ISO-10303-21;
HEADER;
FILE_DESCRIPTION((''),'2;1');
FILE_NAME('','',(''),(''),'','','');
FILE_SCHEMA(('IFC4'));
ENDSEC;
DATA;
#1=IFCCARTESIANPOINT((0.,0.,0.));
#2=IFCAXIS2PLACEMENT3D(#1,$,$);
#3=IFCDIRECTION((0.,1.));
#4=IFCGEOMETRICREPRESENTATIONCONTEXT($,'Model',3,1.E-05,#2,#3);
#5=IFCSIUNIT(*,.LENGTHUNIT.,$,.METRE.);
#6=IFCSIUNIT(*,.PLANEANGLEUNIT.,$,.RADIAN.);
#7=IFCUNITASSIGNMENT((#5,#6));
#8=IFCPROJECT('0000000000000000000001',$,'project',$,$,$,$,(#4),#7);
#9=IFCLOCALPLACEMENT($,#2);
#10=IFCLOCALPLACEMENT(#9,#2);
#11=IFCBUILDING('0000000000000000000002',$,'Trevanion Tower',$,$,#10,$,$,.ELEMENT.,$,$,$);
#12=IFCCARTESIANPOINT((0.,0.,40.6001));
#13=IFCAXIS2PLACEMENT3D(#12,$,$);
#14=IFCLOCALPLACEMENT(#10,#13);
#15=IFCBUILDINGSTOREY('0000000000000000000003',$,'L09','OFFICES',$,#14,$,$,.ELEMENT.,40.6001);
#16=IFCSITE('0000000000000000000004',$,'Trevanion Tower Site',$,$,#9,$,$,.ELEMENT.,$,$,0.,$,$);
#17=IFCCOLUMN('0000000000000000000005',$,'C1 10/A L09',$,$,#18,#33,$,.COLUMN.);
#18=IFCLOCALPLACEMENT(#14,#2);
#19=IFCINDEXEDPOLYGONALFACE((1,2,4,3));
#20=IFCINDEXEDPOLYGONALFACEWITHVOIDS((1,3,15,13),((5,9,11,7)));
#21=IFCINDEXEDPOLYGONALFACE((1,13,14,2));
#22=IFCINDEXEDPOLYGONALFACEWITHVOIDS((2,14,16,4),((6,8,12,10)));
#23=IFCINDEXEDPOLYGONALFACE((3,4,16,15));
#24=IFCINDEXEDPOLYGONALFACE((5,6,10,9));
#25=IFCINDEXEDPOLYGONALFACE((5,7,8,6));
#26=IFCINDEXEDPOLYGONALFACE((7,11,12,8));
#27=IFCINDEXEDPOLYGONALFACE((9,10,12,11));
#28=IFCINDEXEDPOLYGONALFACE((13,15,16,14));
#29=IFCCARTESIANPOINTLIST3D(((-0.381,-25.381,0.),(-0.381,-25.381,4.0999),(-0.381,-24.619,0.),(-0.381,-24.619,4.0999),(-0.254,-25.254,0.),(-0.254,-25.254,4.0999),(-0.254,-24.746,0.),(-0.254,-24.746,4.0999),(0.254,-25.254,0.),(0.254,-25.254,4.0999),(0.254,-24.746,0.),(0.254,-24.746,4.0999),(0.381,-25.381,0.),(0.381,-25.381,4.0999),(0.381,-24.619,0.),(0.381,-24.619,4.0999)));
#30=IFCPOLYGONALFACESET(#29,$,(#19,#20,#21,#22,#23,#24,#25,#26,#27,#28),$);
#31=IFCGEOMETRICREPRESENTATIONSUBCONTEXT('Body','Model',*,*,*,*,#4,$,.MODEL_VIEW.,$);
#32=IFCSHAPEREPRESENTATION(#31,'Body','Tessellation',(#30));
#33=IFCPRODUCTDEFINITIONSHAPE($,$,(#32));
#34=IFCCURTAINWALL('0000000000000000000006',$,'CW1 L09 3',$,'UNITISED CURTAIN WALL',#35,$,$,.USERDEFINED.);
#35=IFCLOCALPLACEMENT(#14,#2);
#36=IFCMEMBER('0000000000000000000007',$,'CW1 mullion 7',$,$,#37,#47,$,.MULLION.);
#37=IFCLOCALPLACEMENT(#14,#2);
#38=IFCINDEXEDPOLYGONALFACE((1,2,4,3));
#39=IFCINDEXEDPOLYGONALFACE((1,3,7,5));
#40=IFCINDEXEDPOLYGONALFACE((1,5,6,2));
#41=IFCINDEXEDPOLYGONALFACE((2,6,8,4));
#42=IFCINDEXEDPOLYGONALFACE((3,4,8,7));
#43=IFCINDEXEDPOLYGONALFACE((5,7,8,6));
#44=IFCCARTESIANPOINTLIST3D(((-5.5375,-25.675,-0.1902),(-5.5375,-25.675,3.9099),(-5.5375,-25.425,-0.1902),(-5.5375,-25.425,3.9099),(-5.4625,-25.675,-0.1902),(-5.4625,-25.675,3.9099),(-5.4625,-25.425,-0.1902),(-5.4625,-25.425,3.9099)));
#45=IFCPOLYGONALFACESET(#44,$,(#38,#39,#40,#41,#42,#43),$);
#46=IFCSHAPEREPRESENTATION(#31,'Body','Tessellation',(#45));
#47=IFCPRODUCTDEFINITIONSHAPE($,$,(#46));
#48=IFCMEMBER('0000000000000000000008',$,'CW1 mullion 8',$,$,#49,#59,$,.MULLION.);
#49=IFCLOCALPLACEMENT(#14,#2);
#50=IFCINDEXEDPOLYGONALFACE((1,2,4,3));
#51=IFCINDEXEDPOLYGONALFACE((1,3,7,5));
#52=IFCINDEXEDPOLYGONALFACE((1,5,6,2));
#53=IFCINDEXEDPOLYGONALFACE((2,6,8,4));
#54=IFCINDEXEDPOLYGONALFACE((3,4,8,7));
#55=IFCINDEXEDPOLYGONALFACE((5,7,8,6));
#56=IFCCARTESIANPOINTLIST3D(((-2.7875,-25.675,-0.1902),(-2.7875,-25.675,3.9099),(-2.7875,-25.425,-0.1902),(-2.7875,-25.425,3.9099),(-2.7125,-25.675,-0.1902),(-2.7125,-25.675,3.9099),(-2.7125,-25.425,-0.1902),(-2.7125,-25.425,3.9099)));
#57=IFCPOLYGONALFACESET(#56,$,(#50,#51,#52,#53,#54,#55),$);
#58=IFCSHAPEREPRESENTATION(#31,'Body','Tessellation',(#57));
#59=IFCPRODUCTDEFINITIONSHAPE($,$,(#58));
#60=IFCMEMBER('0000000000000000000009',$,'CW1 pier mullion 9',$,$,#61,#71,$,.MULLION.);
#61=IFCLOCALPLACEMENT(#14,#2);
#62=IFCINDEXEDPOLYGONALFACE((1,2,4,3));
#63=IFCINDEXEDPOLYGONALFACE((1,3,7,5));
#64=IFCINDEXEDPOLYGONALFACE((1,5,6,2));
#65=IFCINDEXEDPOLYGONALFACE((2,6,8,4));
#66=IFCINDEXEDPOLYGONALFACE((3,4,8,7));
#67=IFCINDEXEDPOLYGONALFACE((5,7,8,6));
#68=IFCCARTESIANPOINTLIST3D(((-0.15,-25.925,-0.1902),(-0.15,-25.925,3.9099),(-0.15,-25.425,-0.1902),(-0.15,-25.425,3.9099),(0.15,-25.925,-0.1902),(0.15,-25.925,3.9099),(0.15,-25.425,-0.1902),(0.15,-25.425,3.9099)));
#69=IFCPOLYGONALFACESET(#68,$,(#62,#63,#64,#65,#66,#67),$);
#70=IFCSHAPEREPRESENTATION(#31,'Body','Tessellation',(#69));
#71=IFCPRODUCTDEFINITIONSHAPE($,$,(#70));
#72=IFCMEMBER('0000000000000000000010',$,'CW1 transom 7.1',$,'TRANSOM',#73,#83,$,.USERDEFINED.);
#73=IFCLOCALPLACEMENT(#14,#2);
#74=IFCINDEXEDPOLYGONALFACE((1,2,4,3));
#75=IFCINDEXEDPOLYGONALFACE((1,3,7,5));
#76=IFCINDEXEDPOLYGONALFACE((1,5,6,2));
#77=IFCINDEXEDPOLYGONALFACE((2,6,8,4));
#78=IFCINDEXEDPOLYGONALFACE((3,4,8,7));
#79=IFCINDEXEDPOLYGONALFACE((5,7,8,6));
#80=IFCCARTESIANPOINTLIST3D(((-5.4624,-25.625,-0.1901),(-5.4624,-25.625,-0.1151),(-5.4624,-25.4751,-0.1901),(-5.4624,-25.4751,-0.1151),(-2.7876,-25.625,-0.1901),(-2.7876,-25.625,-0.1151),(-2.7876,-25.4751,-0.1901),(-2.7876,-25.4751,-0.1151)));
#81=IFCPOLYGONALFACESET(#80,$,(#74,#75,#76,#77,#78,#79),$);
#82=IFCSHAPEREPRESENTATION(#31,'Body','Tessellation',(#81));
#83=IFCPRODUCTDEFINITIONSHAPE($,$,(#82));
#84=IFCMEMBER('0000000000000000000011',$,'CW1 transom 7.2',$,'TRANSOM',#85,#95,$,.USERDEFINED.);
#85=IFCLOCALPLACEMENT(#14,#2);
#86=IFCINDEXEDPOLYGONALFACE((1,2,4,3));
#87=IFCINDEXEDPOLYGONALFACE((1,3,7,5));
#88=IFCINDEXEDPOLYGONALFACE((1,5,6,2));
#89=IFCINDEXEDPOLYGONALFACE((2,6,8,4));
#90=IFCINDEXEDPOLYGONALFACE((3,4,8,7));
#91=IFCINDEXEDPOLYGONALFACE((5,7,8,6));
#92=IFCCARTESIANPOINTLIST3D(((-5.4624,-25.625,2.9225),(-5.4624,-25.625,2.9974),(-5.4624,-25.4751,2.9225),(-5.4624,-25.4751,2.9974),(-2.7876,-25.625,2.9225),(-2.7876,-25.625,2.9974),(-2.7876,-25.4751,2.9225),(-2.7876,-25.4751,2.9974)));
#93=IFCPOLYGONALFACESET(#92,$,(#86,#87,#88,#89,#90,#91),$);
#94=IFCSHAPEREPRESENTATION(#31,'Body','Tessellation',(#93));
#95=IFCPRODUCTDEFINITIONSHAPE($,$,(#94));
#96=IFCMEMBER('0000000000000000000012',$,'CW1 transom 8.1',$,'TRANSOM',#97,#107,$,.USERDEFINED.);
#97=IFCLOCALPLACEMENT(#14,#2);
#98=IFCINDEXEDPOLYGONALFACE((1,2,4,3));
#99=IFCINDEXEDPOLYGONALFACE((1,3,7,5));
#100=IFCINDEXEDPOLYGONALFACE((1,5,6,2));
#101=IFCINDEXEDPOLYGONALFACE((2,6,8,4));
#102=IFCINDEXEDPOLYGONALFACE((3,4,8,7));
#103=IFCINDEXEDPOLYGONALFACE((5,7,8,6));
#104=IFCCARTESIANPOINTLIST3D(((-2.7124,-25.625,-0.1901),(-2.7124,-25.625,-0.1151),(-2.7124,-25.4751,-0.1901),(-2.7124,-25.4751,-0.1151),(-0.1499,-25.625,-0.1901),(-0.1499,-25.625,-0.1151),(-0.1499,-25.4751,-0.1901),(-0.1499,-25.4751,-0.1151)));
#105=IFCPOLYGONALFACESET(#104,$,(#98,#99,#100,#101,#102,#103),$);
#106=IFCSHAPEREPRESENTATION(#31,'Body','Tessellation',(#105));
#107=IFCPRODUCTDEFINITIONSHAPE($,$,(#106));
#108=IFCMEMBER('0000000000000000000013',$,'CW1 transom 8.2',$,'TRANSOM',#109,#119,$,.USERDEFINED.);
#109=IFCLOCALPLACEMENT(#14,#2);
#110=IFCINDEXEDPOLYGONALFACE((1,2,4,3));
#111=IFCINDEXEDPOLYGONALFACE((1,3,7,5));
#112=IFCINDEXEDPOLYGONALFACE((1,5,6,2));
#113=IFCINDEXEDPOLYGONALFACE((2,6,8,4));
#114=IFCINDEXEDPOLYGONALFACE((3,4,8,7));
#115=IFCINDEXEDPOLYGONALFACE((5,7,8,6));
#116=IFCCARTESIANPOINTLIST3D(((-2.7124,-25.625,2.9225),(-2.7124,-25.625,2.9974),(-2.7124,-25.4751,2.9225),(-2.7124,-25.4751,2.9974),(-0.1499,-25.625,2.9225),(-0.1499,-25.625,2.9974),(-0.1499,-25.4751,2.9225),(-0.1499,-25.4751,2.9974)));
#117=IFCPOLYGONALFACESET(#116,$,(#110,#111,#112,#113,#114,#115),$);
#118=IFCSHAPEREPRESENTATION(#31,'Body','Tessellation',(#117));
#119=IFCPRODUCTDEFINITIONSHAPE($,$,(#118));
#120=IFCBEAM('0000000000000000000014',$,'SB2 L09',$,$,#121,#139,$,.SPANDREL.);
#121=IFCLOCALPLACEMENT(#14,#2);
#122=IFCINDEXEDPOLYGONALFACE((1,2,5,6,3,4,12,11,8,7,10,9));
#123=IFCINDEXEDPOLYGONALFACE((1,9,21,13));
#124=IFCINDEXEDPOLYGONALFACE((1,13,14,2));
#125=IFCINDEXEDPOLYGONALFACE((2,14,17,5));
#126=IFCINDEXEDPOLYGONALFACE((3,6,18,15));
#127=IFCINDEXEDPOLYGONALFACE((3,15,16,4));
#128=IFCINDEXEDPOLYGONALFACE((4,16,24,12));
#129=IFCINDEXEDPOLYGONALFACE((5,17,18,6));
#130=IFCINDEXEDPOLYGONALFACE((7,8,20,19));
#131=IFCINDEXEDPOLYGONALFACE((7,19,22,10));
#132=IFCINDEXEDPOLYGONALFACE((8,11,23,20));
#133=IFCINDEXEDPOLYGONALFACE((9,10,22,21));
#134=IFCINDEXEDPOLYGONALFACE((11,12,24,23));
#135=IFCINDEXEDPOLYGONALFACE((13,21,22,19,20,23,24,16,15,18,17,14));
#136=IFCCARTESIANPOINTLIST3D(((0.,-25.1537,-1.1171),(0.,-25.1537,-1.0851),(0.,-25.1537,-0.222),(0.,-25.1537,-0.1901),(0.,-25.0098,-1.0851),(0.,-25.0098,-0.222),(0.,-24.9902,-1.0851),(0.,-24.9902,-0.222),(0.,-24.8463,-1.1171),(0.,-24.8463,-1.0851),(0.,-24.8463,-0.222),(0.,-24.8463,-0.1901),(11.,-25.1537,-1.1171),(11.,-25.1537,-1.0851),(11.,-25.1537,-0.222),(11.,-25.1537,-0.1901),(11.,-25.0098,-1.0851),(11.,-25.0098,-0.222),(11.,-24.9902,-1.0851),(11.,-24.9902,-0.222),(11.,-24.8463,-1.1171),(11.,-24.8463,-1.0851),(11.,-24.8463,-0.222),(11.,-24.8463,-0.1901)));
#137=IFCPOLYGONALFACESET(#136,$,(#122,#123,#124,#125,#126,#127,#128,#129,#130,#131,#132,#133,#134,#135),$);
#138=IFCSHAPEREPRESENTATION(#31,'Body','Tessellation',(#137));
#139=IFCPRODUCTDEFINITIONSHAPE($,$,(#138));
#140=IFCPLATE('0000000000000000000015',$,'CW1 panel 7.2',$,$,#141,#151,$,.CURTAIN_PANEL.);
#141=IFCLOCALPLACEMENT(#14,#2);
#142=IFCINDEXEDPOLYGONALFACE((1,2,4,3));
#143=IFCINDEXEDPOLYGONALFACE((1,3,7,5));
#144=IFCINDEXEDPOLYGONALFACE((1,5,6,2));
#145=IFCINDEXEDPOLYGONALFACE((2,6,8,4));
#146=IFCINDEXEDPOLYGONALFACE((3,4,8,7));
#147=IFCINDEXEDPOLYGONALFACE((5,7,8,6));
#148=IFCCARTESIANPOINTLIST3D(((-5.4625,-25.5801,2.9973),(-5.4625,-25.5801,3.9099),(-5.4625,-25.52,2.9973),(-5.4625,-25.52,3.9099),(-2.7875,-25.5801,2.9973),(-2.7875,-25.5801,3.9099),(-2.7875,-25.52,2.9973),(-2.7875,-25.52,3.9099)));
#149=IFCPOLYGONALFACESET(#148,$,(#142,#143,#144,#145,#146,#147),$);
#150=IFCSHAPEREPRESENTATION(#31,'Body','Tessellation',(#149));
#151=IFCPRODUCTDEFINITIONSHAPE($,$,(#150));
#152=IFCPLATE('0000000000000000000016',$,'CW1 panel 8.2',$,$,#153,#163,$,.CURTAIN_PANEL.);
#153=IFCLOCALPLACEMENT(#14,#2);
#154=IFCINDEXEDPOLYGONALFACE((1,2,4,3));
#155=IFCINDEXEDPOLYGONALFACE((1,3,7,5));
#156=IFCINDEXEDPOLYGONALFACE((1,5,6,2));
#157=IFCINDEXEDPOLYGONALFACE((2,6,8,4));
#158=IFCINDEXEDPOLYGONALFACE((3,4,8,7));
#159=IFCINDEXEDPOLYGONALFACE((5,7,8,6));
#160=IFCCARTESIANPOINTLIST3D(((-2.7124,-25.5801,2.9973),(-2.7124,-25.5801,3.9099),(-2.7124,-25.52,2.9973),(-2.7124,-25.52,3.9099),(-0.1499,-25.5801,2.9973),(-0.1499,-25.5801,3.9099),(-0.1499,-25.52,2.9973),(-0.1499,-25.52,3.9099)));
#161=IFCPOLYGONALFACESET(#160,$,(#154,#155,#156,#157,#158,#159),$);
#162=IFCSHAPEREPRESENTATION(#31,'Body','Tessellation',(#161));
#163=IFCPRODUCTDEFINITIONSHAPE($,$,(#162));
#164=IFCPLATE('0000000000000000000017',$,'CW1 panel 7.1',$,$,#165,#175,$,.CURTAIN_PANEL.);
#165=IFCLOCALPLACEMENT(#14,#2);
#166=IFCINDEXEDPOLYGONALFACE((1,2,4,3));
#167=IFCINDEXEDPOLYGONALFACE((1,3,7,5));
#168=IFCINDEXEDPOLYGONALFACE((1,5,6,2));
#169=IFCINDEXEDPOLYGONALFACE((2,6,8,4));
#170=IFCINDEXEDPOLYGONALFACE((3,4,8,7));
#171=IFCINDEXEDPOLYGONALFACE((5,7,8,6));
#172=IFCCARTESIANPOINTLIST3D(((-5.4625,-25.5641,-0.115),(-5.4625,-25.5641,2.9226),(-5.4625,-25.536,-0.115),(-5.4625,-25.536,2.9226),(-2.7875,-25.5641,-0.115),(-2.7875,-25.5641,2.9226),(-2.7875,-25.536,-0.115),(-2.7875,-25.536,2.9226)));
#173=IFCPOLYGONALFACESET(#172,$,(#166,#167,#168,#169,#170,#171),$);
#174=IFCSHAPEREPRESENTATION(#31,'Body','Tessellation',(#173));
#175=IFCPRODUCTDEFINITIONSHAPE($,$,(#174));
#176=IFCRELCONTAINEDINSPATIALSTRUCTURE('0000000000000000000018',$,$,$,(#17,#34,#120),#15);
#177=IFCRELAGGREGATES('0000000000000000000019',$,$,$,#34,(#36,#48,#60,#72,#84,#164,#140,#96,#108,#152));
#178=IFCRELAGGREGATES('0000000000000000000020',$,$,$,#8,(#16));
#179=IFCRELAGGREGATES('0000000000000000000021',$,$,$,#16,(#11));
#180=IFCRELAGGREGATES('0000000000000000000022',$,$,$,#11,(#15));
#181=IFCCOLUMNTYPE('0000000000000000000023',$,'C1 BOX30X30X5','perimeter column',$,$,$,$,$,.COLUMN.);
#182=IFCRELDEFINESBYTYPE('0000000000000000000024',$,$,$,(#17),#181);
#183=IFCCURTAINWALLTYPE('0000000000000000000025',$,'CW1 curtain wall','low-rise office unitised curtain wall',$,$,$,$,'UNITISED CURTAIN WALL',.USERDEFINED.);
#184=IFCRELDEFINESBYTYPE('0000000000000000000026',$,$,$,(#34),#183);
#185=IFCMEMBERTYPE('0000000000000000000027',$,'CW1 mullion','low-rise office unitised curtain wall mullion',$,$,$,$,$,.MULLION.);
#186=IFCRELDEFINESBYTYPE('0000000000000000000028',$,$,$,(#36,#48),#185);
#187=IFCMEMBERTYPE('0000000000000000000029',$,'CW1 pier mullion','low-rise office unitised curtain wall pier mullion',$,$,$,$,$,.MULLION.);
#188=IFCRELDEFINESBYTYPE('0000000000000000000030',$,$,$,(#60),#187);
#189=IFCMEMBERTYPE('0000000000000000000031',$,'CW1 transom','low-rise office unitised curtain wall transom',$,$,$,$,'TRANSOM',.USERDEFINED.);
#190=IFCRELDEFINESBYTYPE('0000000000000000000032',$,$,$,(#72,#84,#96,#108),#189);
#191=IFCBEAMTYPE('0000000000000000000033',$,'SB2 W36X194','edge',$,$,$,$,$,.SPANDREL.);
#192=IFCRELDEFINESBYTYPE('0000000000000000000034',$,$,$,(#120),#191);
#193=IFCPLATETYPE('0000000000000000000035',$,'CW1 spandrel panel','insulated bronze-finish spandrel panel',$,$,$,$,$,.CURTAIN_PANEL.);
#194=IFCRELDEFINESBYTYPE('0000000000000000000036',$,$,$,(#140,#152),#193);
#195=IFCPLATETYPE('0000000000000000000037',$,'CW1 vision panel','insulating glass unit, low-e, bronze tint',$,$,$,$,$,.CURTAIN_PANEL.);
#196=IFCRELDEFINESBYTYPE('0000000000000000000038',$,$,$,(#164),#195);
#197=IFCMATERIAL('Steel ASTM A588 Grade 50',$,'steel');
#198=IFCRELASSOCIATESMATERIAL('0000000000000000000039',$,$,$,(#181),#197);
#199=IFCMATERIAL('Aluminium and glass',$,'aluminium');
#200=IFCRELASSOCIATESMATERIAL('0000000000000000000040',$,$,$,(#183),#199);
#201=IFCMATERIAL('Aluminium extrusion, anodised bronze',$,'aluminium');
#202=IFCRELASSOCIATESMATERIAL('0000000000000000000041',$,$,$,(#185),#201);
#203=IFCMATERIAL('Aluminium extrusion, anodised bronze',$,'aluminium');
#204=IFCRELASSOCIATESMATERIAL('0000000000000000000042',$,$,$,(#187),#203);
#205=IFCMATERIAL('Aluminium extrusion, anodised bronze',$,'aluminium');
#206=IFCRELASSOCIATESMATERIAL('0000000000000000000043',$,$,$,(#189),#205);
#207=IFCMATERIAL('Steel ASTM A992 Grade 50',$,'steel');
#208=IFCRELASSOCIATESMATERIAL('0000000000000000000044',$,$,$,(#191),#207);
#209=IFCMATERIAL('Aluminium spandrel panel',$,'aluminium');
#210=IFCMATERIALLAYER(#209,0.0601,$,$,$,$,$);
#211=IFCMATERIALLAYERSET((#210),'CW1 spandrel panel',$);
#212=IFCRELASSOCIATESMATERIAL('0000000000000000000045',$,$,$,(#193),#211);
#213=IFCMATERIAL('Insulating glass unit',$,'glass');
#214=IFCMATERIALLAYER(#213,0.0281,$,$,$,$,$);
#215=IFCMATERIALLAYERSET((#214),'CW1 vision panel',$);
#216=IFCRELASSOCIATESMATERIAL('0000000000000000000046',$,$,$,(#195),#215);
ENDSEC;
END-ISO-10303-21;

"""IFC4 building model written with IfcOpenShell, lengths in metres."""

from ifc_helpers import new_model, si_unit, direction, frame, origin, origin_2d, place, context, subcontext, project, spatial, rectangle, hollow_rectangle, i_section, extrude, material, layer, layer_set, material_profile, profile_set, type_object, element, aggregate, save


model = new_model("IFC4")

# Units and contexts
model_context = context("Model", 3, precision=1e-05, world=origin(), true_north=direction((0.0, 1.0)))
body_context = subcontext(model_context, "Body", "Model", "MODEL_VIEW")
ifc_project = project(units=[si_unit("LENGTHUNIT", "METRE"), si_unit("PLANEANGLEUNIT", "RADIAN")], contexts=[model_context])

# Site, building, storey
site_placement = place(None, origin())
site = spatial("IfcSite", under=ifc_project, at=site_placement, Name="Trevanion Tower Site", CompositionType="ELEMENT", RefElevation=0.0)
building_placement = place(site_placement, origin())
building = spatial("IfcBuilding", under=site, at=building_placement, Name="Trevanion Tower", CompositionType="ELEMENT")
storey_placement = place(building_placement, frame((0.0, 0.0, 40.6001)))
storey = spatial("IfcBuildingStorey", under=building, at=storey_placement, Name="L09", Description="OFFICES", CompositionType="ELEMENT", Elevation=40.6001)

# Column
ifc_material_1 = material(Name="Steel ASTM A588 Grade 50", Category="steel")
ifc_material_profile_1 = material_profile(ifc_material_1, hollow_rectangle(XDim=0.762, YDim=0.762, WallThickness=0.127, at=origin_2d()), Name="BOX30X30X5")
ifc_profile_set_1 = profile_set([ifc_material_profile_1], Name="Steel ASTM A588 Grade 50")
column_type = type_object("IfcColumnType", Name="C1 BOX30X30X5", Description="perimeter column", PredefinedType="COLUMN", material=ifc_profile_set_1)
column_placement = place(storey_placement, frame((0.0, -25.0, 0.0), z_axis=(0.0, 0.0, 1.0), x_axis=(1.0, 0.0, 0.0)))
element("IfcColumn", 1, at=column_placement, inside=storey, type_object=column_type, Name="C1 10/A L09", PredefinedType="COLUMN", context=body_context, shape_type="SweptSolid", body=[
    extrude(hollow_rectangle(XDim=0.762, YDim=0.762, WallThickness=0.127, at=origin_2d()), origin(), (0.0, 0.0, 1.0), 4.0999),
])

# Curtain wall, members
ifc_material_2 = material(Name="Aluminium and glass", Category="aluminium")
curtain_wall_type = type_object("IfcCurtainWallType", Name="CW1 curtain wall", Description="low-rise office unitised curtain wall", ElementType="UNITISED CURTAIN WALL", PredefinedType="USERDEFINED", material=ifc_material_2)
curtain_wall_placement = place(storey_placement, origin())
curtain_wall = element("IfcCurtainWall", 2, at=curtain_wall_placement, inside=storey, type_object=curtain_wall_type, Name="CW1 L09 3", ObjectType="UNITISED CURTAIN WALL", PredefinedType="USERDEFINED")
ifc_material_3 = material(Name="Aluminium extrusion, anodised bronze", Category="aluminium")
ifc_material_profile_2 = material_profile(ifc_material_3, rectangle(XDim=0.075, YDim=0.25, at=origin_2d()), Name="CW1 mullion")
ifc_profile_set_2 = profile_set([ifc_material_profile_2], Name="Aluminium extrusion, anodised bronze")
member_type_1 = type_object("IfcMemberType", Name="CW1 mullion", Description="low-rise office unitised curtain wall mullion", PredefinedType="MULLION", material=ifc_profile_set_2)
member_1_placement = place(storey_placement, frame((-5.5, -25.55, -0.1902), z_axis=(0.0, 0.0, 1.0), x_axis=(1.0, 0.0, 0.0)))
member_1 = element("IfcMember", 3, at=member_1_placement, type_object=member_type_1, Name="CW1 mullion 7", PredefinedType="MULLION", context=body_context, shape_type="SweptSolid", body=[
    extrude(rectangle(XDim=0.075, YDim=0.25, at=origin_2d()), origin(), (0.0, 0.0, 1.0), 4.1001),
])
member_2_placement = place(storey_placement, frame((-2.75, -25.55, -0.1902), z_axis=(0.0, 0.0, 1.0), x_axis=(1.0, 0.0, 0.0)))
member_2 = element("IfcMember", 4, at=member_2_placement, type_object=member_type_1, Name="CW1 mullion 8", PredefinedType="MULLION", context=body_context, shape_type="SweptSolid", body=[
    extrude(rectangle(XDim=0.075, YDim=0.25, at=origin_2d()), origin(), (0.0, 0.0, 1.0), 4.1001),
])
ifc_material_4 = material(Name="Aluminium extrusion, anodised bronze", Category="aluminium")
ifc_material_profile_3 = material_profile(ifc_material_4, rectangle(XDim=0.3, YDim=0.5, at=origin_2d()), Name="CW1 pier mullion")
ifc_profile_set_3 = profile_set([ifc_material_profile_3], Name="Aluminium extrusion, anodised bronze")
member_type_2 = type_object("IfcMemberType", Name="CW1 pier mullion", Description="low-rise office unitised curtain wall pier mullion", PredefinedType="MULLION", material=ifc_profile_set_3)
member_3_placement = place(storey_placement, frame((0.0, -25.675, -0.1902), z_axis=(0.0, 0.0, 1.0), x_axis=(1.0, 0.0, 0.0)))
member_3 = element("IfcMember", 5, at=member_3_placement, type_object=member_type_2, Name="CW1 pier mullion 9", PredefinedType="MULLION", context=body_context, shape_type="SweptSolid", body=[
    extrude(rectangle(XDim=0.3, YDim=0.5, at=origin_2d()), origin(), (0.0, 0.0, 1.0), 4.1001),
])
ifc_material_5 = material(Name="Aluminium extrusion, anodised bronze", Category="aluminium")
ifc_material_profile_4 = material_profile(ifc_material_5, rectangle(XDim=0.1499, YDim=0.075, at=origin_2d()), Name="CW1 transom")
ifc_profile_set_4 = profile_set([ifc_material_profile_4], Name="Aluminium extrusion, anodised bronze")
member_type_3 = type_object("IfcMemberType", Name="CW1 transom", Description="low-rise office unitised curtain wall transom", ElementType="TRANSOM", PredefinedType="USERDEFINED", material=ifc_profile_set_4)
member_4_placement = place(storey_placement, frame((-5.4624, -25.55, -0.1526), z_axis=(1.0, 0.0, 0.0), x_axis=(0.0, 1.0, 0.0)))
member_4 = element("IfcMember", 6, at=member_4_placement, type_object=member_type_3, Name="CW1 transom 7.1", ObjectType="TRANSOM", PredefinedType="USERDEFINED", context=body_context, shape_type="SweptSolid", body=[
    extrude(rectangle(XDim=0.1499, YDim=0.075, at=origin_2d()), origin(), (0.0, 0.0, 1.0), 2.6748),
])
member_5_placement = place(storey_placement, frame((-5.4624, -25.55, 2.96), z_axis=(1.0, 0.0, 0.0), x_axis=(0.0, 1.0, 0.0)))
member_5 = element("IfcMember", 7, at=member_5_placement, type_object=member_type_3, Name="CW1 transom 7.2", ObjectType="TRANSOM", PredefinedType="USERDEFINED", context=body_context, shape_type="SweptSolid", body=[
    extrude(rectangle(XDim=0.1499, YDim=0.075, at=origin_2d()), origin(), (0.0, 0.0, 1.0), 2.6748),
])
member_6_placement = place(storey_placement, frame((-2.7124, -25.55, -0.1526), z_axis=(1.0, 0.0, 0.0), x_axis=(0.0, 1.0, 0.0)))
member_6 = element("IfcMember", 8, at=member_6_placement, type_object=member_type_3, Name="CW1 transom 8.1", ObjectType="TRANSOM", PredefinedType="USERDEFINED", context=body_context, shape_type="SweptSolid", body=[
    extrude(rectangle(XDim=0.1499, YDim=0.075, at=origin_2d()), origin(), (0.0, 0.0, 1.0), 2.5625),
])
member_7_placement = place(storey_placement, frame((-2.7124, -25.55, 2.96), z_axis=(1.0, 0.0, 0.0), x_axis=(0.0, 1.0, 0.0)))
member_7 = element("IfcMember", 9, at=member_7_placement, type_object=member_type_3, Name="CW1 transom 8.2", ObjectType="TRANSOM", PredefinedType="USERDEFINED", context=body_context, shape_type="SweptSolid", body=[
    extrude(rectangle(XDim=0.1499, YDim=0.075, at=origin_2d()), origin(), (0.0, 0.0, 1.0), 2.5625),
])

# Beam
ifc_material_6 = material(Name="Steel ASTM A992 Grade 50", Category="steel")
ifc_material_profile_5 = material_profile(ifc_material_6, i_section(OverallWidth=0.3074, OverallDepth=0.927, WebThickness=0.0195, FlangeThickness=0.032, at=origin_2d()), Name="W36X194")
ifc_profile_set_5 = profile_set([ifc_material_profile_5], Name="Steel ASTM A992 Grade 50")
beam_type = type_object("IfcBeamType", Name="SB2 W36X194", Description="edge", PredefinedType="SPANDREL", material=ifc_profile_set_5)
beam_placement = place(storey_placement, frame((0.0, -25.0, -0.6536), z_axis=(1.0, 0.0, 0.0), x_axis=(0.0, 1.0, 0.0)))
element("IfcBeam", 10, at=beam_placement, inside=storey, type_object=beam_type, Name="SB2 L09", PredefinedType="SPANDREL", context=body_context, shape_type="SweptSolid", body=[
    extrude(i_section(OverallWidth=0.3074, OverallDepth=0.927, WebThickness=0.0195, FlangeThickness=0.032, at=origin_2d()), origin(), (0.0, 0.0, 1.0), 11.0),
])

# Plates
ifc_material_7 = material(Name="Aluminium spandrel panel", Category="aluminium")
ifc_layer_1 = layer(ifc_material_7, 0.0601)
ifc_layer_set_1 = layer_set([ifc_layer_1], Name="CW1 spandrel panel")
plate_type_1 = type_object("IfcPlateType", Name="CW1 spandrel panel", Description="insulated bronze-finish spandrel panel", PredefinedType="CURTAIN_PANEL", material=ifc_layer_set_1)
plate_1_placement = place(storey_placement, frame((-4.125, -25.55, 2.9973), z_axis=(0.0, 0.0, 1.0), x_axis=(1.0, 0.0, 0.0)))
plate_1 = element("IfcPlate", 11, at=plate_1_placement, type_object=plate_type_1, Name="CW1 panel 7.2", PredefinedType="CURTAIN_PANEL", context=body_context, shape_type="SweptSolid", body=[
    extrude(rectangle(XDim=2.675, YDim=0.0601, at=origin_2d()), origin(), (0.0, 0.0, 1.0), 0.9126),
])
plate_2_placement = place(storey_placement, frame((-1.4312, -25.55, 2.9973), z_axis=(0.0, 0.0, 1.0), x_axis=(1.0, 0.0, 0.0)))
plate_2 = element("IfcPlate", 12, at=plate_2_placement, type_object=plate_type_1, Name="CW1 panel 8.2", PredefinedType="CURTAIN_PANEL", context=body_context, shape_type="SweptSolid", body=[
    extrude(rectangle(XDim=2.5625, YDim=0.0601, at=origin_2d()), origin(), (0.0, 0.0, 1.0), 0.9126),
])
ifc_material_8 = material(Name="Insulating glass unit", Category="glass")
ifc_layer_2 = layer(ifc_material_8, 0.0281)
ifc_layer_set_2 = layer_set([ifc_layer_2], Name="CW1 vision panel")
plate_type_2 = type_object("IfcPlateType", Name="CW1 vision panel", Description="insulating glass unit, low-e, bronze tint", PredefinedType="CURTAIN_PANEL", material=ifc_layer_set_2)
plate_3_placement = place(storey_placement, frame((-4.125, -25.55, -0.115), z_axis=(0.0, 0.0, 1.0), x_axis=(1.0, 0.0, 0.0)))
plate_3 = element("IfcPlate", 13, at=plate_3_placement, type_object=plate_type_2, Name="CW1 panel 7.1", PredefinedType="CURTAIN_PANEL", context=body_context, shape_type="SweptSolid", body=[
    extrude(rectangle(XDim=2.675, YDim=0.0281, at=origin_2d()), origin(), (0.0, 0.0, 1.0), 3.0376),
])
aggregate(curtain_wall, [member_1, member_2, member_3, member_4, member_5, plate_3, plate_1, member_6, member_7, plate_2])

save(model, "model.ifc")
